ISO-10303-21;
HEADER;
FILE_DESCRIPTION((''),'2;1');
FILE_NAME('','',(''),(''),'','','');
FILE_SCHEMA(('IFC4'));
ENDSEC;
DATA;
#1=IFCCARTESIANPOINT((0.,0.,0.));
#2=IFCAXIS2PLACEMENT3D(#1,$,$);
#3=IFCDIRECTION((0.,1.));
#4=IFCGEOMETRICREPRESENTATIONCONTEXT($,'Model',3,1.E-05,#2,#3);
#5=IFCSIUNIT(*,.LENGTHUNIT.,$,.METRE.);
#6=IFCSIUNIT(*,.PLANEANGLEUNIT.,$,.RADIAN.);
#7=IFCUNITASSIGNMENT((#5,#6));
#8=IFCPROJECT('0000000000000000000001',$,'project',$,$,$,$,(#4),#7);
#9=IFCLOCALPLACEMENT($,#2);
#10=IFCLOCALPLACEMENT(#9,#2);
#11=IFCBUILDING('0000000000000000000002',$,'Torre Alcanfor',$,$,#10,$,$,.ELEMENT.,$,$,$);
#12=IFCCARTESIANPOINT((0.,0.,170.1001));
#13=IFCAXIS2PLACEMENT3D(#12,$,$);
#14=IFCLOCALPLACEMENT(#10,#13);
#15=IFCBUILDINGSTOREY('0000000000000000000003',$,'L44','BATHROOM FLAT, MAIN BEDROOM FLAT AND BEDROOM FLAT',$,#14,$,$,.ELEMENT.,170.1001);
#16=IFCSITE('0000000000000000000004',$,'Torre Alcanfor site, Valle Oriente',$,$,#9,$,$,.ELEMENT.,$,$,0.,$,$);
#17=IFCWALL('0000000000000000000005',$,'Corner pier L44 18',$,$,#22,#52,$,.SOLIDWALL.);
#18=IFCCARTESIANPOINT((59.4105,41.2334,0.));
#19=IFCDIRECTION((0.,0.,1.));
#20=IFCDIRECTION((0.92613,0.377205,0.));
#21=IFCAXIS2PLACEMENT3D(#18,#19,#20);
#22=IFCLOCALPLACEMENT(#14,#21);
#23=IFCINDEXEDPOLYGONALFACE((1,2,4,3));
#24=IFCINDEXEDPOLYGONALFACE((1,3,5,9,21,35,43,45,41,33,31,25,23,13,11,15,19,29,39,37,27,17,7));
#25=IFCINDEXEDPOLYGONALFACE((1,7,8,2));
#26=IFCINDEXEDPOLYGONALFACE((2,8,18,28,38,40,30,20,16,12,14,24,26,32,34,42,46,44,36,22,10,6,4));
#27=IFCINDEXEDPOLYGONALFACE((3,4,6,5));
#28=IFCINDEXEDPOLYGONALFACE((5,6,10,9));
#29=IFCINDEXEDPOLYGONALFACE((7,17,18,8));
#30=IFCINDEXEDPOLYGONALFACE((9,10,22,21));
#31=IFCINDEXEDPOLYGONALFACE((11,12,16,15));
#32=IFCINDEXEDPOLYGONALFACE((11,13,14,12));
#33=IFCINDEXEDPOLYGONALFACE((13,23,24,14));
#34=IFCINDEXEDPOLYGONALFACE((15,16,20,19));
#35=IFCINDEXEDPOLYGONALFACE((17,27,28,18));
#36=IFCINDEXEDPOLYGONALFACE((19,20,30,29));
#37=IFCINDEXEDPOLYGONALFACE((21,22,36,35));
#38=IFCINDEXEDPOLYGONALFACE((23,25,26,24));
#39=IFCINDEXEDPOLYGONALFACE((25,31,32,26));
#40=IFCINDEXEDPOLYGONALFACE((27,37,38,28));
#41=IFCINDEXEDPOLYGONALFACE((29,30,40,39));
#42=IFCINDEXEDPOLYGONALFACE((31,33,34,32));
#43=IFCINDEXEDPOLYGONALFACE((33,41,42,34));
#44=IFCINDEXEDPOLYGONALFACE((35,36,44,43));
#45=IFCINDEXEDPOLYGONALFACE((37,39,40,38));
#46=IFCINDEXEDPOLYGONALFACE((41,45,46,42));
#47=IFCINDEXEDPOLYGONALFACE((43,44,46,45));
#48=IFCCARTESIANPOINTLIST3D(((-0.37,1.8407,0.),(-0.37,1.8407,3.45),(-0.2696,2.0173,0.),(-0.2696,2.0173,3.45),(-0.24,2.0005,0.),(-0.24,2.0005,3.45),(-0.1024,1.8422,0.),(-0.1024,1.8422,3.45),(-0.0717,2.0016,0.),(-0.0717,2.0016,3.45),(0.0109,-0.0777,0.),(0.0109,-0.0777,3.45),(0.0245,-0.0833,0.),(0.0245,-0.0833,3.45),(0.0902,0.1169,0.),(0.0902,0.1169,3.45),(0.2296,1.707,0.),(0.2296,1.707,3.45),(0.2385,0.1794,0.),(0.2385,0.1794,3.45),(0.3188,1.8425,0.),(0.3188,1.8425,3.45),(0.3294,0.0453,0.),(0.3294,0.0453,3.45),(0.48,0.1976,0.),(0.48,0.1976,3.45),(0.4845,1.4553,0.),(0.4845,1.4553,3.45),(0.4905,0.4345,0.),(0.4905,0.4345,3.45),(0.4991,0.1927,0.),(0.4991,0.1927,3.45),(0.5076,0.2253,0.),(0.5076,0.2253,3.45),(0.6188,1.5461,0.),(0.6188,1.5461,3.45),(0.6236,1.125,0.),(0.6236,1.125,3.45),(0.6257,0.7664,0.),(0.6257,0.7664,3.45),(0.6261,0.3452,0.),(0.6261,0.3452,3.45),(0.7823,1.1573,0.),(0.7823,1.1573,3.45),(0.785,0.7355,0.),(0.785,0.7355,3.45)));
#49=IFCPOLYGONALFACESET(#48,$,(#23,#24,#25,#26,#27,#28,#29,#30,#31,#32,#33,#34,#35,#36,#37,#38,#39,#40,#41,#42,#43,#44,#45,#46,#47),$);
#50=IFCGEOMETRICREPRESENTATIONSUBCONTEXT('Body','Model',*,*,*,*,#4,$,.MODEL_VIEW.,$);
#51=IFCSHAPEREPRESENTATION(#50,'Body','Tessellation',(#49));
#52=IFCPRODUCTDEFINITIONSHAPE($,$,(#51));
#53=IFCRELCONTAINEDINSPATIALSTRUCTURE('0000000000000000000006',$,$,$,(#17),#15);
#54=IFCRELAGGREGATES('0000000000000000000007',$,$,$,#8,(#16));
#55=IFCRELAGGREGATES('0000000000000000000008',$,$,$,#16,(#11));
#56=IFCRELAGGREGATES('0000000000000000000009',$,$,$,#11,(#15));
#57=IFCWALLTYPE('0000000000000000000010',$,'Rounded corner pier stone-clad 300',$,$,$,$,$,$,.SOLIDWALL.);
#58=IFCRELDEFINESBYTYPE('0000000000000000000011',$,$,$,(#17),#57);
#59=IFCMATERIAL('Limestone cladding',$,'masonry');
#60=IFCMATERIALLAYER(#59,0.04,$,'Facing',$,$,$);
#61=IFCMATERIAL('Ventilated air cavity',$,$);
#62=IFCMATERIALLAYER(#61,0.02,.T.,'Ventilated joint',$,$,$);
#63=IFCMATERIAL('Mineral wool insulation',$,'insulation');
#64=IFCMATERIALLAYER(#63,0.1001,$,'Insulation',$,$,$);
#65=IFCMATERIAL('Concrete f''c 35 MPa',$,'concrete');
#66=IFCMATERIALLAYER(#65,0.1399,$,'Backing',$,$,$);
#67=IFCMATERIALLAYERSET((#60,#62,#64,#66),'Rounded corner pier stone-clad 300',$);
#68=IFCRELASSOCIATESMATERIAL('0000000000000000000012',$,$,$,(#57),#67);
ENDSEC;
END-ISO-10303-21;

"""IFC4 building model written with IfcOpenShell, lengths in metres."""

from ifc_helpers import new_model, si_unit, direction, frame, origin, place, context, subcontext, project, spatial, polyline, outline, extrude, material, layer, layer_set, type_object, element, save


model = new_model("IFC4")

# Units and contexts
model_context = context("Model", 3, precision=1e-05, world=origin(), true_north=direction((0.0, 1.0)))
body_context = subcontext(model_context, "Body", "Model", "MODEL_VIEW")
ifc_project = project(units=[si_unit("LENGTHUNIT", "METRE"), si_unit("PLANEANGLEUNIT", "RADIAN")], contexts=[model_context])

# Site, building, storey
site_placement = place(None, origin())
site = spatial("IfcSite", under=ifc_project, at=site_placement, Name="Torre Alcanfor site, Valle Oriente", CompositionType="ELEMENT", RefElevation=0.0)
building_placement = place(site_placement, origin())
building = spatial("IfcBuilding", under=site, at=building_placement, Name="Torre Alcanfor", CompositionType="ELEMENT")
storey_placement = place(building_placement, frame((0.0, 0.0, 170.1001)))
storey = spatial("IfcBuildingStorey", under=building, at=storey_placement, Name="L44", Description="BATHROOM FLAT, MAIN BEDROOM FLAT AND BEDROOM FLAT", CompositionType="ELEMENT", Elevation=170.1001)

# Shared definitions
ifc_material_1 = material(Name="Limestone cladding", Category="masonry")
ifc_material_2 = material(Name="Ventilated air cavity")
ifc_material_3 = material(Name="Mineral wool insulation", Category="insulation")
ifc_material_4 = material(Name="Concrete f'c 35 MPa", Category="concrete")

# Wall
ifc_layer_1 = layer(ifc_material_1, 0.04, Name="Facing")
ifc_layer_2 = layer(ifc_material_2, 0.02, ventilated=True, Name="Ventilated joint")
ifc_layer_3 = layer(ifc_material_3, 0.1001, Name="Insulation")
ifc_layer_4 = layer(ifc_material_4, 0.1399, Name="Backing")
ifc_layer_set_1 = layer_set([ifc_layer_1, ifc_layer_2, ifc_layer_3, ifc_layer_4], Name="Rounded corner pier stone-clad 300")
wall_type_1 = type_object("IfcWallType", Name="Rounded corner pier stone-clad 300", PredefinedType="SOLIDWALL", material=ifc_layer_set_1)
wall_1_placement = place(storey_placement, frame((59.4105, 41.2334, 0.0), z_axis=(0.0, 0.0, 1.0), x_axis=(0.92613, 0.377205, 0.0)))
element("IfcWall", 1, at=wall_1_placement, inside=storey, type_object=wall_type_1, Name="Corner pier L44 18", PredefinedType="SOLIDWALL", context=body_context, shape_type="SweptSolid", body=[
    extrude(outline(polyline([(0.6261, 0.3452), (0.785, 0.7355), (0.7823, 1.1573), (0.6188, 1.5461), (0.3188, 1.8425), (-0.0717, 2.0016), (-0.24, 2.0005), (-0.2696, 2.0173), (-0.37, 1.8407), (-0.1024, 1.8422), (0.2296, 1.707), (0.4845, 1.4553), (0.6236, 1.125), (0.6257, 0.7664), (0.4905, 0.4345), (0.2385, 0.1794), (0.0902, 0.1169), (0.0109, -0.0777), (0.0245, -0.0833), (0.3294, 0.0453), (0.48, 0.1976), (0.4991, 0.1927), (0.5076, 0.2253), (0.6261, 0.3452)])), origin(), (0.0, 0.0, 1.0), 3.45),
])

save(model, "model.ifc")
